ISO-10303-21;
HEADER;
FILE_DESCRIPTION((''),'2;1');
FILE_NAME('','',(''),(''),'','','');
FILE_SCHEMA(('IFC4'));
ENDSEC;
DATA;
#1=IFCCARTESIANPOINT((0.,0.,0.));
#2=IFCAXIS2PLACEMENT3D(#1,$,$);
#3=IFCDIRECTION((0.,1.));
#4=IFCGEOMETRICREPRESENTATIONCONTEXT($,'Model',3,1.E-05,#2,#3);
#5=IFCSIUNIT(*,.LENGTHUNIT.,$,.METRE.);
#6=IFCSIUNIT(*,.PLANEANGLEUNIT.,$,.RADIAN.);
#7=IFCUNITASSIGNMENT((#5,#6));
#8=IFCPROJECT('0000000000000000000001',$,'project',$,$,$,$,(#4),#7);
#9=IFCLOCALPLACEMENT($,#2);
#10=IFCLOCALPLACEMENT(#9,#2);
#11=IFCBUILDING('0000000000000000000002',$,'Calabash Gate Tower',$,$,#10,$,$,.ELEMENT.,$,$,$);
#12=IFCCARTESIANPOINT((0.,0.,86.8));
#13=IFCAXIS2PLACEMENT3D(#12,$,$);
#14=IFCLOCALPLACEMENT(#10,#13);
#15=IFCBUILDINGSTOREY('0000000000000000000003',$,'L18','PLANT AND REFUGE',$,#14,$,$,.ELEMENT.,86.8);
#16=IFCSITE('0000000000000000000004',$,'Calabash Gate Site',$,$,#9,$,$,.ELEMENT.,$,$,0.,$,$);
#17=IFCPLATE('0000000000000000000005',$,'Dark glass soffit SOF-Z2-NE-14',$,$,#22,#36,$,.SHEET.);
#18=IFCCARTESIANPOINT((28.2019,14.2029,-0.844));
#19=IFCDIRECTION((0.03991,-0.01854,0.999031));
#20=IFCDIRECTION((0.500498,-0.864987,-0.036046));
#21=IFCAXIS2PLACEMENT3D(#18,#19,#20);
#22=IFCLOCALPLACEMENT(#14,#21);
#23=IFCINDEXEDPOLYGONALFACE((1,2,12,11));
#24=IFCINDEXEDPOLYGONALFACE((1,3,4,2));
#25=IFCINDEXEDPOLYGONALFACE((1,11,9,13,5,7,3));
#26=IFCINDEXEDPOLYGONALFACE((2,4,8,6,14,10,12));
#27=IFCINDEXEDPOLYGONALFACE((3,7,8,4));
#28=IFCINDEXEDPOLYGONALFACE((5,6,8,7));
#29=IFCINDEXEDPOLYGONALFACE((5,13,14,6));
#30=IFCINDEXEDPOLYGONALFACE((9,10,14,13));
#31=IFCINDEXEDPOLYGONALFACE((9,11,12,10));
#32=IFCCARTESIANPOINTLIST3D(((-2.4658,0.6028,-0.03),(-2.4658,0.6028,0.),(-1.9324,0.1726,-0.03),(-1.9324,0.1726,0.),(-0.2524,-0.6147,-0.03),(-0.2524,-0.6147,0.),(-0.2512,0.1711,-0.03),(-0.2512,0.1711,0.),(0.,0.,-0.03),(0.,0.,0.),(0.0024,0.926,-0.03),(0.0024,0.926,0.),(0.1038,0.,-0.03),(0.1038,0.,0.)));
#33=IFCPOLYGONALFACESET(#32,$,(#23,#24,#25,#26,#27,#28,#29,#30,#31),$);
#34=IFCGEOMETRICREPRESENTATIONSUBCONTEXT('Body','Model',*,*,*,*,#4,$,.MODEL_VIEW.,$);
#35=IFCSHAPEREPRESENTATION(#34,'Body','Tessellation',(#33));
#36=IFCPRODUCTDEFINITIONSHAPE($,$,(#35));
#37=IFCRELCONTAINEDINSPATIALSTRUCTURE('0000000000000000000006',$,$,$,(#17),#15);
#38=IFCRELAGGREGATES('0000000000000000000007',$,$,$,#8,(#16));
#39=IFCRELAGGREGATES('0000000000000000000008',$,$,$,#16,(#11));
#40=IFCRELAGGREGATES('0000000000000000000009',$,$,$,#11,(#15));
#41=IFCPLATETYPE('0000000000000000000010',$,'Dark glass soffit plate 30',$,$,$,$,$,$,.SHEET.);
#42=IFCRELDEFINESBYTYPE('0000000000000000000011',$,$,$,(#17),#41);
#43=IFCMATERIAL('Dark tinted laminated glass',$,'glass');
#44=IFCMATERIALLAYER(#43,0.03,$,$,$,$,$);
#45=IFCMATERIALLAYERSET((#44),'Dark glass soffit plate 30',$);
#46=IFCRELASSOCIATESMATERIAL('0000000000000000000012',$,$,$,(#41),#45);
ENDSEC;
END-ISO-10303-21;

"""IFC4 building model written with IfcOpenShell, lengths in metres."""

from ifc_helpers import new_model, si_unit, direction, frame, origin, place, context, subcontext, project, spatial, polyline, outline, extrude, material, layer, layer_set, type_object, element, save


model = new_model("IFC4")

# Units and contexts
model_context = context("Model", 3, precision=1e-05, world=origin(), true_north=direction((0.0, 1.0)))
body_context = subcontext(model_context, "Body", "Model", "MODEL_VIEW")
ifc_project = project(units=[si_unit("LENGTHUNIT", "METRE"), si_unit("PLANEANGLEUNIT", "RADIAN")], contexts=[model_context])

# Site, building, storey
site_placement = place(None, origin())
site = spatial("IfcSite", under=ifc_project, at=site_placement, Name="Calabash Gate Site", CompositionType="ELEMENT", RefElevation=0.0)
building_placement = place(site_placement, origin())
building = spatial("IfcBuilding", under=site, at=building_placement, Name="Calabash Gate Tower", CompositionType="ELEMENT")
storey_placement = place(building_placement, frame((0.0, 0.0, 86.8)))
storey = spatial("IfcBuildingStorey", under=building, at=storey_placement, Name="L18", Description="PLANT AND REFUGE", CompositionType="ELEMENT", Elevation=86.8)

# Plate
ifc_material_1 = material(Name="Dark tinted laminated glass", Category="glass")
ifc_layer_1 = layer(ifc_material_1, 0.03)
ifc_layer_set_1 = layer_set([ifc_layer_1], Name="Dark glass soffit plate 30")
plate_type_1 = type_object("IfcPlateType", Name="Dark glass soffit plate 30", PredefinedType="SHEET", material=ifc_layer_set_1)
plate_1_placement = place(storey_placement, frame((28.2019, 14.2029, -0.844), z_axis=(0.03991, -0.01854, 0.999031), x_axis=(0.500498, -0.864987, -0.036046)))
element("IfcPlate", 1, at=plate_1_placement, inside=storey, type_object=plate_type_1, Name="Dark glass soffit SOF-Z2-NE-14", PredefinedType="SHEET", context=body_context, shape_type="SweptSolid", body=[
    extrude(outline(polyline([(0.0, 0.0), (0.1038, 0.0), (-0.2524, -0.6147), (-0.2512, 0.1711), (-1.9324, 0.1726), (-2.4658, 0.6028), (0.0024, 0.926), (0.0, 0.0)])), origin(), (0.0, 0.0, -1.0), 0.03),
])

save(model, "model.ifc")
